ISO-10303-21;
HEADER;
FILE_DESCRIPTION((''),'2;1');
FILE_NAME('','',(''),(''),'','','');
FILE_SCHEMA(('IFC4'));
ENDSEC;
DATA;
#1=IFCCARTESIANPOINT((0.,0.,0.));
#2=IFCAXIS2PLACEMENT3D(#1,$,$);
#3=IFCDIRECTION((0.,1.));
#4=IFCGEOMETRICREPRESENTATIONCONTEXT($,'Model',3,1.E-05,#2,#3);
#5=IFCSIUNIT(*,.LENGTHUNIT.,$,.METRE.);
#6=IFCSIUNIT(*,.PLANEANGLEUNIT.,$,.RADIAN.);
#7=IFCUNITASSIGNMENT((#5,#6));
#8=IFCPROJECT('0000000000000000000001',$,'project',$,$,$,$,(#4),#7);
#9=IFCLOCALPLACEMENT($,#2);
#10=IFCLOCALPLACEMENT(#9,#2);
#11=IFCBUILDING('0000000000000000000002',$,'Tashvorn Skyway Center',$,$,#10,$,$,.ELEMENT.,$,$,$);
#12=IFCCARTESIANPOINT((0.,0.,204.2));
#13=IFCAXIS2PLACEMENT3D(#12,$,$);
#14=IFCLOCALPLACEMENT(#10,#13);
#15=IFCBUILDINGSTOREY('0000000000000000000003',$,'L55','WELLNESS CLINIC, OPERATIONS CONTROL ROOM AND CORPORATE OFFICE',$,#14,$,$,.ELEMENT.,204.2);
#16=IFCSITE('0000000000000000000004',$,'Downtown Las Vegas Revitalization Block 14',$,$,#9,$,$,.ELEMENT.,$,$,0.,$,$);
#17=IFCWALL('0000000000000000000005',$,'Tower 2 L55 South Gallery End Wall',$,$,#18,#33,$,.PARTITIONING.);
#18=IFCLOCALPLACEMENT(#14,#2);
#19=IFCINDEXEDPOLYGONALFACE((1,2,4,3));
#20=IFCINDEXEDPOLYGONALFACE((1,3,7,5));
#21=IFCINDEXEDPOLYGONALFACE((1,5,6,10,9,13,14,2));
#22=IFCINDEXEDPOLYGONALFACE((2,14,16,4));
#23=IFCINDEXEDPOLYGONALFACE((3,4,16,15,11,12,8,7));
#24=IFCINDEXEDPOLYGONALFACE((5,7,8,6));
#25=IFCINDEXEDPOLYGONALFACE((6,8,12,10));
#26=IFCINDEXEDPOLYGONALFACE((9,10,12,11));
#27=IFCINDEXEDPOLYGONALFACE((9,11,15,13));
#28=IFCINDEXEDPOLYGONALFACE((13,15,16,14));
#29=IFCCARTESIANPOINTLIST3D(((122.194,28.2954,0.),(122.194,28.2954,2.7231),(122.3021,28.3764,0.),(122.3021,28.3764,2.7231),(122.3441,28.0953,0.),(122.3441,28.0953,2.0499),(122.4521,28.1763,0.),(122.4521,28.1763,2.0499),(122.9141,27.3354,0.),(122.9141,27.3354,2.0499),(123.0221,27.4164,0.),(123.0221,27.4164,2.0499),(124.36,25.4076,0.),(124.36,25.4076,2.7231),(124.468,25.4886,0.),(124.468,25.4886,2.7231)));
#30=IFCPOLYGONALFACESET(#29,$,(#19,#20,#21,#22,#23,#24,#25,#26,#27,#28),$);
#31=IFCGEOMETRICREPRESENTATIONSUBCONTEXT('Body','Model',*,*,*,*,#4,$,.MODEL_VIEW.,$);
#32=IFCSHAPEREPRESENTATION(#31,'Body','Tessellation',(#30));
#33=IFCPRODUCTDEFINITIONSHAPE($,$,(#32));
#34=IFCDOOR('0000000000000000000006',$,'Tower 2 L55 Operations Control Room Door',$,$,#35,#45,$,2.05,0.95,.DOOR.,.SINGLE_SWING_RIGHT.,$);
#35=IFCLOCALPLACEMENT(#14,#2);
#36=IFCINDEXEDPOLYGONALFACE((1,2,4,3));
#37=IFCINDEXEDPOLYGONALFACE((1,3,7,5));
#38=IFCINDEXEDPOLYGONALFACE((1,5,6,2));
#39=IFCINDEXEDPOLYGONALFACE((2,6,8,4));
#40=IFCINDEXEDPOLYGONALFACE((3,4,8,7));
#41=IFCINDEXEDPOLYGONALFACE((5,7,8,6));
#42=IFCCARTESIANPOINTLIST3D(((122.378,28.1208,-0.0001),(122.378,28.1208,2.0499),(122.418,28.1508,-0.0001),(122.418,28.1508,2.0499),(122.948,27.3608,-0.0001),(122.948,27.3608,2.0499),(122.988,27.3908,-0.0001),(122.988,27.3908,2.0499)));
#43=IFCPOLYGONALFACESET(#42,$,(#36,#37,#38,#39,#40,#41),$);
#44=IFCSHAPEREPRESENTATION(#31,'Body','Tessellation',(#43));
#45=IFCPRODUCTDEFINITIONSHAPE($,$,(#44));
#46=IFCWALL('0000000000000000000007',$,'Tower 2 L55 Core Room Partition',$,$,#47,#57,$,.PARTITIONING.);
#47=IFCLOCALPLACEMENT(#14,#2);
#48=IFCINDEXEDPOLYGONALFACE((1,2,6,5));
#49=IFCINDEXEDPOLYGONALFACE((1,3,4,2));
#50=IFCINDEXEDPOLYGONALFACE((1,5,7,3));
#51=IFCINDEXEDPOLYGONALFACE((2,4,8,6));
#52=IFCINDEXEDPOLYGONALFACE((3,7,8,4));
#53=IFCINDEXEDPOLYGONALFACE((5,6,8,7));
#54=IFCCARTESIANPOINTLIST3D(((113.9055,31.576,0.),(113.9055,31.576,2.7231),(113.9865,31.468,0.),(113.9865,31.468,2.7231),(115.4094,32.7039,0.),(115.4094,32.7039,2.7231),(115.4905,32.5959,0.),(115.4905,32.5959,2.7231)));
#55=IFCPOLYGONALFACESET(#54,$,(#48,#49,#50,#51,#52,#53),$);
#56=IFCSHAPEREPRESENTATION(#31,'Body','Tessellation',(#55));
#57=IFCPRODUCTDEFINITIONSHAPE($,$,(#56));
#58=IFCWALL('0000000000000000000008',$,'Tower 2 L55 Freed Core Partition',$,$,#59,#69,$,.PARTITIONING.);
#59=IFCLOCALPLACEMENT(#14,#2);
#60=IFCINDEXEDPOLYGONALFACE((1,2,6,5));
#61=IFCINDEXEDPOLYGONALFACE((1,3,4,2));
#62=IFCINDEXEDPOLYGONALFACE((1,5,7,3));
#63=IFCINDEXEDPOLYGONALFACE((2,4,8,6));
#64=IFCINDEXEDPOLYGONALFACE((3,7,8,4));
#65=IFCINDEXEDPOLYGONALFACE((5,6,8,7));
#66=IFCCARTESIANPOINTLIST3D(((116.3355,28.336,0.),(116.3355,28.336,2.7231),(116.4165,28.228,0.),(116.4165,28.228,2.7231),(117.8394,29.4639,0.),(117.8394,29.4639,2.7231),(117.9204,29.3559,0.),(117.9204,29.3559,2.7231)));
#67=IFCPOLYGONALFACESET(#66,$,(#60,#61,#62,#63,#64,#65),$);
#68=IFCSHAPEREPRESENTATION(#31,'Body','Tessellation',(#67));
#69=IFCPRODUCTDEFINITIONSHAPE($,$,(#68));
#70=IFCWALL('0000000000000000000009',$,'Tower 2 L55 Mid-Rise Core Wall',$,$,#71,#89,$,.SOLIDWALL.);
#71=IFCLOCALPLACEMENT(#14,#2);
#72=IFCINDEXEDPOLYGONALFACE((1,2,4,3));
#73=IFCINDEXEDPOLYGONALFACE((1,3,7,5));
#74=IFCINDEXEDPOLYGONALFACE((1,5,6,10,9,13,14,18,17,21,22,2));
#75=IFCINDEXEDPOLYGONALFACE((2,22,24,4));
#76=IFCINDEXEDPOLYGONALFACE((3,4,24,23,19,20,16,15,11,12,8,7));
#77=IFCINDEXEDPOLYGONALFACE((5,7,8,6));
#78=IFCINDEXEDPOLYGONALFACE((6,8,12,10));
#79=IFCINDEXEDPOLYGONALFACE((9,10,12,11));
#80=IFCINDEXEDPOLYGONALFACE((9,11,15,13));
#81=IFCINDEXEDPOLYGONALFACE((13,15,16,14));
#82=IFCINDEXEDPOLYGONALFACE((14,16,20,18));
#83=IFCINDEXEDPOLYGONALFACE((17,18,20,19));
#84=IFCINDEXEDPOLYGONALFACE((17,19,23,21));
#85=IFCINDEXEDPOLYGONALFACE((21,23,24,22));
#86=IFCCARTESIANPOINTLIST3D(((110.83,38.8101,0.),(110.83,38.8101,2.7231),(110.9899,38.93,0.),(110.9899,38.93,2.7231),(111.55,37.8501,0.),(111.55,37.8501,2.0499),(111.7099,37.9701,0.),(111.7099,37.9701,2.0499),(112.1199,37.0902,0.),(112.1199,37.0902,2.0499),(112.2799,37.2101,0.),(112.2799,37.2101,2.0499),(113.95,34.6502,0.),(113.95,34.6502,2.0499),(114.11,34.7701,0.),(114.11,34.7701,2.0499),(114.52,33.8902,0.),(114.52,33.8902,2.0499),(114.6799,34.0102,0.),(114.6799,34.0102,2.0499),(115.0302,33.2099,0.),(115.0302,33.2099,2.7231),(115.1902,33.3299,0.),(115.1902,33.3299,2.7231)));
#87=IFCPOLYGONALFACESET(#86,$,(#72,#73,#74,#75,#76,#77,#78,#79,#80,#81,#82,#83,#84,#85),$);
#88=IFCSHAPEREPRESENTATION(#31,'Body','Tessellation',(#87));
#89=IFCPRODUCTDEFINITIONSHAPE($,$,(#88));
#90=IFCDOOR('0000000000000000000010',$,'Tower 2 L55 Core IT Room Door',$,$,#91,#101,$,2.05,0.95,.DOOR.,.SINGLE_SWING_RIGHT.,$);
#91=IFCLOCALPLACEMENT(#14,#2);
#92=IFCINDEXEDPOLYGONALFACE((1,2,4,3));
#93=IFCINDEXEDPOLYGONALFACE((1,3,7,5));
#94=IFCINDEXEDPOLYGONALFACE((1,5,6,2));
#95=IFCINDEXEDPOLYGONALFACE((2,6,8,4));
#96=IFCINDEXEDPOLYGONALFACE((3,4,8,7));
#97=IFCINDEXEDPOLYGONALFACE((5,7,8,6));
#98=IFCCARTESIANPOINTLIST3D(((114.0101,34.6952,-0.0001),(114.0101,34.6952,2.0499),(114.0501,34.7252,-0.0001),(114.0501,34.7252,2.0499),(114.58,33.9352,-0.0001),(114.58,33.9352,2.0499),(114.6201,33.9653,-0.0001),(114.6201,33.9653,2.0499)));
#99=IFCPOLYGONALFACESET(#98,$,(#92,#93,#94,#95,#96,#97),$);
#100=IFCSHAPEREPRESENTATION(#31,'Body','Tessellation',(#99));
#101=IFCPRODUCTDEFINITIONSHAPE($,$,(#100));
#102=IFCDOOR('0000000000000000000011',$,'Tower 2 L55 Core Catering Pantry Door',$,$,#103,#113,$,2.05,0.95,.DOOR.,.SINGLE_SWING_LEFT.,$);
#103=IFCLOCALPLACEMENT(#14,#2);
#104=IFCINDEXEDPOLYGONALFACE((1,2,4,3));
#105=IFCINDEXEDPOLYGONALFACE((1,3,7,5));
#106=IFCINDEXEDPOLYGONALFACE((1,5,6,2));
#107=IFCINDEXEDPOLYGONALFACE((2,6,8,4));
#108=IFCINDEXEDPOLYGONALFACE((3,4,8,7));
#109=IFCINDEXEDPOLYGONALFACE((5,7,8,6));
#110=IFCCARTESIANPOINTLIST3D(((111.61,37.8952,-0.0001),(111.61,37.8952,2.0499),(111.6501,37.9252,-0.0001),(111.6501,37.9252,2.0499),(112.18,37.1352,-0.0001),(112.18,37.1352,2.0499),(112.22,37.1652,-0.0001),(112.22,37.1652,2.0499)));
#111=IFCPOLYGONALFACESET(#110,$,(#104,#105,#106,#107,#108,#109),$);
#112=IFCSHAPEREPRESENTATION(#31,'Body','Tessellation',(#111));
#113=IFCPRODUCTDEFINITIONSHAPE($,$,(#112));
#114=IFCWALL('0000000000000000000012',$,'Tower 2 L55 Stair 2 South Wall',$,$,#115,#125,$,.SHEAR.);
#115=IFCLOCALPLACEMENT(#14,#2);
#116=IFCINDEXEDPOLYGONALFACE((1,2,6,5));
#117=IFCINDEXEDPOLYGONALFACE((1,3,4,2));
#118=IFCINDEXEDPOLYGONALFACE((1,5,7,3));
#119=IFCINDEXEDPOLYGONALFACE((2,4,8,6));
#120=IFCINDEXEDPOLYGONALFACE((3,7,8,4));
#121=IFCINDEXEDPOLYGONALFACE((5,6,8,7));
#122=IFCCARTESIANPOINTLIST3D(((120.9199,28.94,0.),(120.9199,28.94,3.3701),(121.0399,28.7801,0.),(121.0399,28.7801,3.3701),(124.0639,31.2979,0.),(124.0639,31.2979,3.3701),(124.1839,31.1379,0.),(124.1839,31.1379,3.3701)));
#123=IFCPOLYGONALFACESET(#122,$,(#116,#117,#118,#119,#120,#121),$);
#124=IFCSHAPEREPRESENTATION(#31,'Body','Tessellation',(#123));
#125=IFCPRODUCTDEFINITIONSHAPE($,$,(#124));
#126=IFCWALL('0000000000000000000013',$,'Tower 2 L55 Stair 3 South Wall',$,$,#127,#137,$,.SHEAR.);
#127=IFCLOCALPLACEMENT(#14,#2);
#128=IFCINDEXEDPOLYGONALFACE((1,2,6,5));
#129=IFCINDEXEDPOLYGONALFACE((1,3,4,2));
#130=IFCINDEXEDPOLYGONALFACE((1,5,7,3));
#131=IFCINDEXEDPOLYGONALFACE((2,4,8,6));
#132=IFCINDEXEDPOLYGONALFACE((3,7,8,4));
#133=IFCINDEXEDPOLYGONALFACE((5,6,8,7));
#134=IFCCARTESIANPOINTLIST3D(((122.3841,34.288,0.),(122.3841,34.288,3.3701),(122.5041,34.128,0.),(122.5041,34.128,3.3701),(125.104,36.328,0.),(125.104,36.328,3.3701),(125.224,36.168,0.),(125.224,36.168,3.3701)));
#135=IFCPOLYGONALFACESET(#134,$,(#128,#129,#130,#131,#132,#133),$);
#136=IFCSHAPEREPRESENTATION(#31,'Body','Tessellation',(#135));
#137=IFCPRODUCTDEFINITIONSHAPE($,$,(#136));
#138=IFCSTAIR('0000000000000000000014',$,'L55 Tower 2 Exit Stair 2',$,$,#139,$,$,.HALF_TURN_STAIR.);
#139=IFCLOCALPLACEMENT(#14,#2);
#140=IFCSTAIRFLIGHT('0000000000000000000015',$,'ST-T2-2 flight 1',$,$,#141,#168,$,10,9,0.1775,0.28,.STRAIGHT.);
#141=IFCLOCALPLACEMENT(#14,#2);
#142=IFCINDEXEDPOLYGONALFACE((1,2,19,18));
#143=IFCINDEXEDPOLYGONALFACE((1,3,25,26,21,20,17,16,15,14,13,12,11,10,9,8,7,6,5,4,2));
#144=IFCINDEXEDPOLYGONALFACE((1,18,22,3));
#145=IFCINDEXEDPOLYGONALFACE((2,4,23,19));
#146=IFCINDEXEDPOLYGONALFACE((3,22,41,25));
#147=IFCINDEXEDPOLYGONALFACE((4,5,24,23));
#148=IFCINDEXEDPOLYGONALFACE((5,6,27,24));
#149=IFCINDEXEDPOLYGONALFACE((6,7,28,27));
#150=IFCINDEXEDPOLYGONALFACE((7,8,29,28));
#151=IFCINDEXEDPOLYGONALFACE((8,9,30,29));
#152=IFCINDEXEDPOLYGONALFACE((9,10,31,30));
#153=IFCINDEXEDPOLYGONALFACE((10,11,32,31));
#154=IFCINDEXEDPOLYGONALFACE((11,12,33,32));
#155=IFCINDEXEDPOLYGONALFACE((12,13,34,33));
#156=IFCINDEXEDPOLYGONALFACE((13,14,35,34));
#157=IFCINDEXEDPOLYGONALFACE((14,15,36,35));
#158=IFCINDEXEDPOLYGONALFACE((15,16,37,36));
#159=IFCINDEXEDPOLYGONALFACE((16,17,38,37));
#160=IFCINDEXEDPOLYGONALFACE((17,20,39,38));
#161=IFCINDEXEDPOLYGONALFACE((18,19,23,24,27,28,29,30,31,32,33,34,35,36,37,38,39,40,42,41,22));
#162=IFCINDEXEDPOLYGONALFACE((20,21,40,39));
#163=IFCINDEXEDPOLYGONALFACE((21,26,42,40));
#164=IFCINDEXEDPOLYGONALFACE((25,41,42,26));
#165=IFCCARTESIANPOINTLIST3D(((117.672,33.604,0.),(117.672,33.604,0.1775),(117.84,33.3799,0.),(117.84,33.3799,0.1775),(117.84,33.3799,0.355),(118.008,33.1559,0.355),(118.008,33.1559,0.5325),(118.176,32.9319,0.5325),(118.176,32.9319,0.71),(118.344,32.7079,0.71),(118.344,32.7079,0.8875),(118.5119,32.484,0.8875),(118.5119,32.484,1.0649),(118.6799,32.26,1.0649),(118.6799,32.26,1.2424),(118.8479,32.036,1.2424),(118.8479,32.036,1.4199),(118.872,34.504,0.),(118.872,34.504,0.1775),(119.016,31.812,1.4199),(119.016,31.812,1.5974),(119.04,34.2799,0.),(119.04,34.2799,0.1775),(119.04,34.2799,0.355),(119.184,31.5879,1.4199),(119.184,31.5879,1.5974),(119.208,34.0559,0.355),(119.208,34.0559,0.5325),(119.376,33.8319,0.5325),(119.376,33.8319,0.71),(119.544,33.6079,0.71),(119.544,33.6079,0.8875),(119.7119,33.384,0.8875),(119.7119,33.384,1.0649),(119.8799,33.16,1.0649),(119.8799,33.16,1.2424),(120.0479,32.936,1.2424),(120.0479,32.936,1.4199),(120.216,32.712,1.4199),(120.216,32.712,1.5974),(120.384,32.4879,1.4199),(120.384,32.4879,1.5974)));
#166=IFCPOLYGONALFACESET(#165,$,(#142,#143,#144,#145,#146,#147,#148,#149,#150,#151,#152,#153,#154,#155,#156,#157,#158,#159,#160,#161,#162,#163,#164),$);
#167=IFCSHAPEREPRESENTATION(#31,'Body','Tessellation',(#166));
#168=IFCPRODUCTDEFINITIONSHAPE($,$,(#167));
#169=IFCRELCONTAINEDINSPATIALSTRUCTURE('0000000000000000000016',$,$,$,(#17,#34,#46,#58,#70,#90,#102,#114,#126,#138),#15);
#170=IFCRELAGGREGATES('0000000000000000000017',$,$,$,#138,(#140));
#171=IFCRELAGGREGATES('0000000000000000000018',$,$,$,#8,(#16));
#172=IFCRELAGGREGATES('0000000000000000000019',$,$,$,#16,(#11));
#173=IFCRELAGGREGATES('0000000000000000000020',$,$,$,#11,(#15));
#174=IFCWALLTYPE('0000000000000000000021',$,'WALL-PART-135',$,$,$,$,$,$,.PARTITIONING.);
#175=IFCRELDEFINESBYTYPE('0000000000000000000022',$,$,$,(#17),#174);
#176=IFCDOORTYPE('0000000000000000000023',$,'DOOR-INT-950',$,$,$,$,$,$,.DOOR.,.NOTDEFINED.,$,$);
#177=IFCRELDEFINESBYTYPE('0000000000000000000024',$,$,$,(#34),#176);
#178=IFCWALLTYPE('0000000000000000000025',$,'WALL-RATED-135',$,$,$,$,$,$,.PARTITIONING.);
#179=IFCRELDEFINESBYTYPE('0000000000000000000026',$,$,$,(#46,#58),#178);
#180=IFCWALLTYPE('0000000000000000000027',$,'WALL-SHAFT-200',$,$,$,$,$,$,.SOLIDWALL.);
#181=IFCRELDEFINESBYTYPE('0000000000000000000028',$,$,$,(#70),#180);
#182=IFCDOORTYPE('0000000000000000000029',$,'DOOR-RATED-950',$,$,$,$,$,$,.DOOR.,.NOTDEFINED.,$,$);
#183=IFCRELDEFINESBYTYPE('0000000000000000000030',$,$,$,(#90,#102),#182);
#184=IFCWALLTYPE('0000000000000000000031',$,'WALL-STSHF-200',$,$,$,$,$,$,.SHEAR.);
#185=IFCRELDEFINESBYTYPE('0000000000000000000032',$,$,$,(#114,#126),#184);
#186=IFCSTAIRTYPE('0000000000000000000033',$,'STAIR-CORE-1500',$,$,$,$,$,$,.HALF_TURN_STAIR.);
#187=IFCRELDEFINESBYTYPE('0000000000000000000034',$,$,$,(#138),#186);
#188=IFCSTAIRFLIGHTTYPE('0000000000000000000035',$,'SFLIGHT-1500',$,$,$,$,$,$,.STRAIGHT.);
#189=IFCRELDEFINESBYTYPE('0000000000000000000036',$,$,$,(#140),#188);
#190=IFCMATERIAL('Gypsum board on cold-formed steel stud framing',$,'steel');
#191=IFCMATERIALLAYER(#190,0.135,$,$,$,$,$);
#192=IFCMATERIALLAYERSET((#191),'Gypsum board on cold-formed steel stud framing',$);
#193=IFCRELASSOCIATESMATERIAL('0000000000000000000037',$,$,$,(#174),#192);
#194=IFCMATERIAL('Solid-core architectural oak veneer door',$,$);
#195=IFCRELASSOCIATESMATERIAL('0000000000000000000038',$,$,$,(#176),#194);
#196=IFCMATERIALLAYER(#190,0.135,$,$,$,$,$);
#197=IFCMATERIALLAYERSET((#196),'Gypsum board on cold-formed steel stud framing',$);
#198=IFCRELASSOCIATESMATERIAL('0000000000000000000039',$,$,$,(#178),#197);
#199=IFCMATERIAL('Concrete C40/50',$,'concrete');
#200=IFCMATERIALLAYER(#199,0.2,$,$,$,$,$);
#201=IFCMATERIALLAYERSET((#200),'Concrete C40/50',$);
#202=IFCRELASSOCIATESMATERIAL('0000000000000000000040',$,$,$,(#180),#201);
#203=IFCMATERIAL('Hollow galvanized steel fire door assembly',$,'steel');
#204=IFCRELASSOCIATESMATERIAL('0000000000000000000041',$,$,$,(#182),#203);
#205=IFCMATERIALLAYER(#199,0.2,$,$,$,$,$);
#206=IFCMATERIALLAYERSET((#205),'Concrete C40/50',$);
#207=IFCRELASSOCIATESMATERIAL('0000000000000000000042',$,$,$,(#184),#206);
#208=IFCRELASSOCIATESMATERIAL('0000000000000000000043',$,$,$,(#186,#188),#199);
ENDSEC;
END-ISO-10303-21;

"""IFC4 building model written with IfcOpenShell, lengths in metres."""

from ifc_helpers import new_model, si_unit, direction, frame, frame_2d, origin, place, context, subcontext, project, spatial, polyline, rectangle, outline, extrude, material, layer, layer_set, type_object, element, fill, aggregate, save


model = new_model("IFC4")

# Units and contexts
model_context = context("Model", 3, precision=1e-05, world=origin(), true_north=direction((0.0, 1.0)))
body_context = subcontext(model_context, "Body", "Model", "MODEL_VIEW")
ifc_project = project(units=[si_unit("LENGTHUNIT", "METRE"), si_unit("PLANEANGLEUNIT", "RADIAN")], contexts=[model_context])

# Site, building, storey
site_placement = place(None, origin())
site = spatial("IfcSite", under=ifc_project, at=site_placement, Name="Downtown Las Vegas Revitalization Block 14", CompositionType="ELEMENT", RefElevation=0.0)
building_placement = place(site_placement, origin())
building = spatial("IfcBuilding", under=site, at=building_placement, Name="Tashvorn Skyway Center", CompositionType="ELEMENT")
storey_placement = place(building_placement, frame((0.0, 0.0, 204.2)))
storey = spatial("IfcBuildingStorey", under=building, at=storey_placement, Name="L55", Description="WELLNESS CLINIC, OPERATIONS CONTROL ROOM AND CORPORATE OFFICE", CompositionType="ELEMENT", Elevation=204.2)

# Wall, opening, door
ifc_material_1 = material(Name="Gypsum board on cold-formed steel stud framing", Category="steel")
ifc_layer_1 = layer(ifc_material_1, 0.135)
ifc_layer_set_1 = layer_set([ifc_layer_1], Name="Gypsum board on cold-formed steel stud framing")
wall_type_1 = type_object("IfcWallType", Name="WALL-PART-135", PredefinedType="PARTITIONING", material=ifc_layer_set_1)
wall_1_placement = place(storey_placement, frame((122.248, 28.3359, 0.0), z_axis=(0.0, 0.0, 1.0), x_axis=(0.600011, -0.799992, 0.0)))
wall_1 = element("IfcWall", 1, at=wall_1_placement, inside=storey, type_object=wall_type_1, Name="Tower 2 L55 South Gallery End Wall", PredefinedType="PARTITIONING", context=body_context, shape_type="SweptSolid", body=[
    extrude(rectangle(XDim=3.6099, YDim=0.135, at=frame_2d((1.8049, 0.0))), origin(), (0.0, 0.0, 1.0), 2.7231),
])
opening_1_placement = place(wall_1_placement, frame((0.25, 0.0, 0.0)))
opening_1 = element("IfcOpeningElement", 2, at=opening_1_placement, cuts=wall_1, PredefinedType="OPENING", context=body_context, shape_type="SweptSolid", body=[
    extrude(rectangle(XDim=0.95, YDim=2.05, at=frame_2d((0.4751, 1.0249))), frame((0.0, 0.0774, 0.0), z_axis=(0.0, -1.0, 0.0), x_axis=(1.0, 0.0, 0.0)), (0.0, 0.0, 1.0), 0.155),
])
ifc_material_2 = material(Name="Solid-core architectural oak veneer door")
door_type_1 = type_object("IfcDoorType", Name="DOOR-INT-950", OperationType="NOTDEFINED", PredefinedType="DOOR", material=ifc_material_2)
door_1_placement = place(opening_1_placement, origin())
door_1 = element("IfcDoor", 3, at=door_1_placement, inside=storey, type_object=door_type_1, Name="Tower 2 L55 Operations Control Room Door", OperationType="SINGLE_SWING_RIGHT", OverallHeight=2.05, OverallWidth=0.95, PredefinedType="DOOR", context=body_context, shape_type="SweptSolid", body=[
    extrude(rectangle(XDim=0.95, YDim=2.05, at=frame_2d((0.4751, 1.0249))), frame((0.0, 0.0249, 0.0), z_axis=(0.0, -1.0, 0.0), x_axis=(1.0, 0.0, 0.0)), (0.0, 0.0, 1.0), 0.05),
])
fill(opening_1, door_1)

# Walls
ifc_layer_2 = layer(ifc_material_1, 0.135)
ifc_layer_set_2 = layer_set([ifc_layer_2], Name="Gypsum board on cold-formed steel stud framing")
wall_type_2 = type_object("IfcWallType", Name="WALL-RATED-135", PredefinedType="PARTITIONING", material=ifc_layer_set_2)
for number, where, z_axis, x_axis, name in (
    (4, (113.946, 31.522, 0.0), (0.0, 0.0, 1.0), (0.8, 0.6, 0.0), "Tower 2 L55 Core Room Partition"),
    (5, (116.376, 28.282, 0.0), (0.0, 0.0, 1.0), (0.8, 0.6, 0.0), "Tower 2 L55 Freed Core Partition"),
):
    element("IfcWall", number, at=place(storey_placement, frame(where, z_axis=z_axis, x_axis=x_axis)), inside=storey, type_object=wall_type_2, Name=name, PredefinedType="PARTITIONING", context=body_context, shape_type="SweptSolid", body=[
        extrude(rectangle(XDim=1.8799, YDim=0.135, at=frame_2d((0.9399, 0.0))), origin(), (0.0, 0.0, 1.0), 2.7231),
    ])

# Wall, openings, doors
ifc_material_3 = material(Name="Concrete C40/50", Category="concrete")
ifc_layer_3 = layer(ifc_material_3, 0.2)
ifc_layer_set_3 = layer_set([ifc_layer_3], Name="Concrete C40/50")
wall_type_3 = type_object("IfcWallType", Name="WALL-SHAFT-200", PredefinedType="SOLIDWALL", material=ifc_layer_set_3)
wall_2_placement = place(storey_placement, frame((115.1101, 33.27, 0.0), z_axis=(0.0, 0.0, 1.0), x_axis=(-0.600011, 0.799992, 0.0)))
wall_2 = element("IfcWall", 6, at=wall_2_placement, inside=storey, type_object=wall_type_3, Name="Tower 2 L55 Mid-Rise Core Wall", PredefinedType="SOLIDWALL", context=body_context, shape_type="SweptSolid", body=[
    extrude(rectangle(XDim=7.0002, YDim=0.2, at=frame_2d((3.5, 0.0))), origin(), (0.0, 0.0, 1.0), 2.7231),
])
opening_2_placement = place(wall_2_placement, frame((0.8501, 0.0, 0.0)))
opening_2 = element("IfcOpeningElement", 7, at=opening_2_placement, cuts=wall_2, PredefinedType="OPENING", context=body_context, shape_type="SweptSolid", body=[
    extrude(rectangle(XDim=0.95, YDim=2.05, at=frame_2d((0.4751, 1.0249))), frame((0.0, 0.1099, 0.0), z_axis=(0.0, -1.0, 0.0), x_axis=(1.0, 0.0, 0.0)), (0.0, 0.0, 1.0), 0.22),
])
opening_3_placement = place(wall_2_placement, frame((4.8501, 0.0, 0.0)))
opening_3 = element("IfcOpeningElement", 8, at=opening_3_placement, cuts=wall_2, PredefinedType="OPENING", context=body_context, shape_type="SweptSolid", body=[
    extrude(rectangle(XDim=0.95, YDim=2.05, at=frame_2d((0.4751, 1.0249))), frame((0.0, 0.1099, 0.0), z_axis=(0.0, -1.0, 0.0), x_axis=(1.0, 0.0, 0.0)), (0.0, 0.0, 1.0), 0.22),
])
ifc_material_4 = material(Name="Hollow galvanized steel fire door assembly", Category="steel")
door_type_2 = type_object("IfcDoorType", Name="DOOR-RATED-950", OperationType="NOTDEFINED", PredefinedType="DOOR", material=ifc_material_4)
door_2_placement = place(opening_2_placement, origin())
door_2 = element("IfcDoor", 9, at=door_2_placement, inside=storey, type_object=door_type_2, Name="Tower 2 L55 Core IT Room Door", OperationType="SINGLE_SWING_RIGHT", OverallHeight=2.05, OverallWidth=0.95, PredefinedType="DOOR", context=body_context, shape_type="SweptSolid", body=[
    extrude(rectangle(XDim=0.95, YDim=2.05, at=frame_2d((0.4751, 1.0249))), frame((0.0, 0.0249, 0.0), z_axis=(0.0, -1.0, 0.0), x_axis=(1.0, 0.0, 0.0)), (0.0, 0.0, 1.0), 0.05),
])
fill(opening_2, door_2)
door_3_placement = place(opening_3_placement, origin())
door_3 = element("IfcDoor", 10, at=door_3_placement, inside=storey, type_object=door_type_2, Name="Tower 2 L55 Core Catering Pantry Door", OperationType="SINGLE_SWING_LEFT", OverallHeight=2.05, OverallWidth=0.95, PredefinedType="DOOR", context=body_context, shape_type="SweptSolid", body=[
    extrude(rectangle(XDim=0.95, YDim=2.05, at=frame_2d((0.4751, 1.0249))), frame((0.0, 0.0249, 0.0), z_axis=(0.0, -1.0, 0.0), x_axis=(1.0, 0.0, 0.0)), (0.0, 0.0, 1.0), 0.05),
])
fill(opening_3, door_3)

# Walls
ifc_layer_4 = layer(ifc_material_3, 0.2)
ifc_layer_set_4 = layer_set([ifc_layer_4], Name="Concrete C40/50")
wall_type_4 = type_object("IfcWallType", Name="WALL-STSHF-200", PredefinedType="SHEAR", material=ifc_layer_set_4)
wall_3_placement = place(storey_placement, frame((120.98, 28.8601, 0.0), z_axis=(0.0, 0.0, 1.0), x_axis=(0.800015, 0.59998, 0.0)))
element("IfcWall", 11, at=wall_3_placement, inside=storey, type_object=wall_type_4, Name="Tower 2 L55 Stair 2 South Wall", PredefinedType="SHEAR", context=body_context, shape_type="SweptSolid", body=[
    extrude(rectangle(XDim=3.9299, YDim=0.2, at=frame_2d((1.9648, 0.0))), origin(), (0.0, 0.0, 1.0), 3.3701),
])
wall_4_placement = place(storey_placement, frame((122.4441, 34.208, 0.0), z_axis=(0.0, 0.0, 1.0), x_axis=(0.799991, 0.600011, 0.0)))
element("IfcWall", 12, at=wall_4_placement, inside=storey, type_object=wall_type_4, Name="Tower 2 L55 Stair 3 South Wall", PredefinedType="SHEAR", context=body_context, shape_type="SweptSolid", body=[
    extrude(rectangle(XDim=3.3999, YDim=0.2, at=frame_2d((1.7, 0.0))), origin(), (0.0, 0.0, 1.0), 3.3701),
])

# Stair, stair flight
stair_type = type_object("IfcStairType", Name="STAIR-CORE-1500", PredefinedType="HALF_TURN_STAIR", material=ifc_material_3)
stair_placement = place(storey_placement, origin())
stair = element("IfcStair", 13, at=stair_placement, inside=storey, type_object=stair_type, Name="L55 Tower 2 Exit Stair 2", PredefinedType="HALF_TURN_STAIR")
stair_flight_type = type_object("IfcStairFlightType", Name="SFLIGHT-1500", PredefinedType="STRAIGHT", material=ifc_material_3)
stair_flight_1_placement = place(storey_placement, frame((118.272, 34.054, 0.0), z_axis=(0.0, 0.0, 1.0), x_axis=(0.6, -0.8, 0.0)))
stair_flight_1 = element("IfcStairFlight", 14, at=stair_flight_1_placement, type_object=stair_flight_type, Name="ST-T2-2 flight 1", NumberOfRisers=10, NumberOfTreads=9, PredefinedType="STRAIGHT", RiserHeight=0.1775, TreadLength=0.28, context=body_context, shape_type="SweptSolid", body=[
    extrude(outline(polyline([(0.0, 0.0), (0.0, 0.1775), (0.28, 0.1775), (0.28, 0.355), (0.5601, 0.355), (0.5601, 0.5325), (0.8401, 0.5325), (0.8401, 0.71), (1.1201, 0.71), (1.1201, 0.8875), (1.3999, 0.8875), (1.3999, 1.0649), (1.6799, 1.0649), (1.6799, 1.2424), (1.96, 1.2424), (1.96, 1.4199), (2.24, 1.4199), (2.24, 1.5974), (2.52, 1.5974), (2.52, 1.7749), (2.52, 1.4199), (0.28, 0.0), (0.0, 0.0)])), frame((0.0, 0.75, 0.0), z_axis=(0.0, -1.0, 0.0), x_axis=(1.0, 0.0, 0.0)), (0.0, 0.0, 1.0), 1.5),
])
aggregate(stair, [stair_flight_1])

save(model, "model.ifc")
